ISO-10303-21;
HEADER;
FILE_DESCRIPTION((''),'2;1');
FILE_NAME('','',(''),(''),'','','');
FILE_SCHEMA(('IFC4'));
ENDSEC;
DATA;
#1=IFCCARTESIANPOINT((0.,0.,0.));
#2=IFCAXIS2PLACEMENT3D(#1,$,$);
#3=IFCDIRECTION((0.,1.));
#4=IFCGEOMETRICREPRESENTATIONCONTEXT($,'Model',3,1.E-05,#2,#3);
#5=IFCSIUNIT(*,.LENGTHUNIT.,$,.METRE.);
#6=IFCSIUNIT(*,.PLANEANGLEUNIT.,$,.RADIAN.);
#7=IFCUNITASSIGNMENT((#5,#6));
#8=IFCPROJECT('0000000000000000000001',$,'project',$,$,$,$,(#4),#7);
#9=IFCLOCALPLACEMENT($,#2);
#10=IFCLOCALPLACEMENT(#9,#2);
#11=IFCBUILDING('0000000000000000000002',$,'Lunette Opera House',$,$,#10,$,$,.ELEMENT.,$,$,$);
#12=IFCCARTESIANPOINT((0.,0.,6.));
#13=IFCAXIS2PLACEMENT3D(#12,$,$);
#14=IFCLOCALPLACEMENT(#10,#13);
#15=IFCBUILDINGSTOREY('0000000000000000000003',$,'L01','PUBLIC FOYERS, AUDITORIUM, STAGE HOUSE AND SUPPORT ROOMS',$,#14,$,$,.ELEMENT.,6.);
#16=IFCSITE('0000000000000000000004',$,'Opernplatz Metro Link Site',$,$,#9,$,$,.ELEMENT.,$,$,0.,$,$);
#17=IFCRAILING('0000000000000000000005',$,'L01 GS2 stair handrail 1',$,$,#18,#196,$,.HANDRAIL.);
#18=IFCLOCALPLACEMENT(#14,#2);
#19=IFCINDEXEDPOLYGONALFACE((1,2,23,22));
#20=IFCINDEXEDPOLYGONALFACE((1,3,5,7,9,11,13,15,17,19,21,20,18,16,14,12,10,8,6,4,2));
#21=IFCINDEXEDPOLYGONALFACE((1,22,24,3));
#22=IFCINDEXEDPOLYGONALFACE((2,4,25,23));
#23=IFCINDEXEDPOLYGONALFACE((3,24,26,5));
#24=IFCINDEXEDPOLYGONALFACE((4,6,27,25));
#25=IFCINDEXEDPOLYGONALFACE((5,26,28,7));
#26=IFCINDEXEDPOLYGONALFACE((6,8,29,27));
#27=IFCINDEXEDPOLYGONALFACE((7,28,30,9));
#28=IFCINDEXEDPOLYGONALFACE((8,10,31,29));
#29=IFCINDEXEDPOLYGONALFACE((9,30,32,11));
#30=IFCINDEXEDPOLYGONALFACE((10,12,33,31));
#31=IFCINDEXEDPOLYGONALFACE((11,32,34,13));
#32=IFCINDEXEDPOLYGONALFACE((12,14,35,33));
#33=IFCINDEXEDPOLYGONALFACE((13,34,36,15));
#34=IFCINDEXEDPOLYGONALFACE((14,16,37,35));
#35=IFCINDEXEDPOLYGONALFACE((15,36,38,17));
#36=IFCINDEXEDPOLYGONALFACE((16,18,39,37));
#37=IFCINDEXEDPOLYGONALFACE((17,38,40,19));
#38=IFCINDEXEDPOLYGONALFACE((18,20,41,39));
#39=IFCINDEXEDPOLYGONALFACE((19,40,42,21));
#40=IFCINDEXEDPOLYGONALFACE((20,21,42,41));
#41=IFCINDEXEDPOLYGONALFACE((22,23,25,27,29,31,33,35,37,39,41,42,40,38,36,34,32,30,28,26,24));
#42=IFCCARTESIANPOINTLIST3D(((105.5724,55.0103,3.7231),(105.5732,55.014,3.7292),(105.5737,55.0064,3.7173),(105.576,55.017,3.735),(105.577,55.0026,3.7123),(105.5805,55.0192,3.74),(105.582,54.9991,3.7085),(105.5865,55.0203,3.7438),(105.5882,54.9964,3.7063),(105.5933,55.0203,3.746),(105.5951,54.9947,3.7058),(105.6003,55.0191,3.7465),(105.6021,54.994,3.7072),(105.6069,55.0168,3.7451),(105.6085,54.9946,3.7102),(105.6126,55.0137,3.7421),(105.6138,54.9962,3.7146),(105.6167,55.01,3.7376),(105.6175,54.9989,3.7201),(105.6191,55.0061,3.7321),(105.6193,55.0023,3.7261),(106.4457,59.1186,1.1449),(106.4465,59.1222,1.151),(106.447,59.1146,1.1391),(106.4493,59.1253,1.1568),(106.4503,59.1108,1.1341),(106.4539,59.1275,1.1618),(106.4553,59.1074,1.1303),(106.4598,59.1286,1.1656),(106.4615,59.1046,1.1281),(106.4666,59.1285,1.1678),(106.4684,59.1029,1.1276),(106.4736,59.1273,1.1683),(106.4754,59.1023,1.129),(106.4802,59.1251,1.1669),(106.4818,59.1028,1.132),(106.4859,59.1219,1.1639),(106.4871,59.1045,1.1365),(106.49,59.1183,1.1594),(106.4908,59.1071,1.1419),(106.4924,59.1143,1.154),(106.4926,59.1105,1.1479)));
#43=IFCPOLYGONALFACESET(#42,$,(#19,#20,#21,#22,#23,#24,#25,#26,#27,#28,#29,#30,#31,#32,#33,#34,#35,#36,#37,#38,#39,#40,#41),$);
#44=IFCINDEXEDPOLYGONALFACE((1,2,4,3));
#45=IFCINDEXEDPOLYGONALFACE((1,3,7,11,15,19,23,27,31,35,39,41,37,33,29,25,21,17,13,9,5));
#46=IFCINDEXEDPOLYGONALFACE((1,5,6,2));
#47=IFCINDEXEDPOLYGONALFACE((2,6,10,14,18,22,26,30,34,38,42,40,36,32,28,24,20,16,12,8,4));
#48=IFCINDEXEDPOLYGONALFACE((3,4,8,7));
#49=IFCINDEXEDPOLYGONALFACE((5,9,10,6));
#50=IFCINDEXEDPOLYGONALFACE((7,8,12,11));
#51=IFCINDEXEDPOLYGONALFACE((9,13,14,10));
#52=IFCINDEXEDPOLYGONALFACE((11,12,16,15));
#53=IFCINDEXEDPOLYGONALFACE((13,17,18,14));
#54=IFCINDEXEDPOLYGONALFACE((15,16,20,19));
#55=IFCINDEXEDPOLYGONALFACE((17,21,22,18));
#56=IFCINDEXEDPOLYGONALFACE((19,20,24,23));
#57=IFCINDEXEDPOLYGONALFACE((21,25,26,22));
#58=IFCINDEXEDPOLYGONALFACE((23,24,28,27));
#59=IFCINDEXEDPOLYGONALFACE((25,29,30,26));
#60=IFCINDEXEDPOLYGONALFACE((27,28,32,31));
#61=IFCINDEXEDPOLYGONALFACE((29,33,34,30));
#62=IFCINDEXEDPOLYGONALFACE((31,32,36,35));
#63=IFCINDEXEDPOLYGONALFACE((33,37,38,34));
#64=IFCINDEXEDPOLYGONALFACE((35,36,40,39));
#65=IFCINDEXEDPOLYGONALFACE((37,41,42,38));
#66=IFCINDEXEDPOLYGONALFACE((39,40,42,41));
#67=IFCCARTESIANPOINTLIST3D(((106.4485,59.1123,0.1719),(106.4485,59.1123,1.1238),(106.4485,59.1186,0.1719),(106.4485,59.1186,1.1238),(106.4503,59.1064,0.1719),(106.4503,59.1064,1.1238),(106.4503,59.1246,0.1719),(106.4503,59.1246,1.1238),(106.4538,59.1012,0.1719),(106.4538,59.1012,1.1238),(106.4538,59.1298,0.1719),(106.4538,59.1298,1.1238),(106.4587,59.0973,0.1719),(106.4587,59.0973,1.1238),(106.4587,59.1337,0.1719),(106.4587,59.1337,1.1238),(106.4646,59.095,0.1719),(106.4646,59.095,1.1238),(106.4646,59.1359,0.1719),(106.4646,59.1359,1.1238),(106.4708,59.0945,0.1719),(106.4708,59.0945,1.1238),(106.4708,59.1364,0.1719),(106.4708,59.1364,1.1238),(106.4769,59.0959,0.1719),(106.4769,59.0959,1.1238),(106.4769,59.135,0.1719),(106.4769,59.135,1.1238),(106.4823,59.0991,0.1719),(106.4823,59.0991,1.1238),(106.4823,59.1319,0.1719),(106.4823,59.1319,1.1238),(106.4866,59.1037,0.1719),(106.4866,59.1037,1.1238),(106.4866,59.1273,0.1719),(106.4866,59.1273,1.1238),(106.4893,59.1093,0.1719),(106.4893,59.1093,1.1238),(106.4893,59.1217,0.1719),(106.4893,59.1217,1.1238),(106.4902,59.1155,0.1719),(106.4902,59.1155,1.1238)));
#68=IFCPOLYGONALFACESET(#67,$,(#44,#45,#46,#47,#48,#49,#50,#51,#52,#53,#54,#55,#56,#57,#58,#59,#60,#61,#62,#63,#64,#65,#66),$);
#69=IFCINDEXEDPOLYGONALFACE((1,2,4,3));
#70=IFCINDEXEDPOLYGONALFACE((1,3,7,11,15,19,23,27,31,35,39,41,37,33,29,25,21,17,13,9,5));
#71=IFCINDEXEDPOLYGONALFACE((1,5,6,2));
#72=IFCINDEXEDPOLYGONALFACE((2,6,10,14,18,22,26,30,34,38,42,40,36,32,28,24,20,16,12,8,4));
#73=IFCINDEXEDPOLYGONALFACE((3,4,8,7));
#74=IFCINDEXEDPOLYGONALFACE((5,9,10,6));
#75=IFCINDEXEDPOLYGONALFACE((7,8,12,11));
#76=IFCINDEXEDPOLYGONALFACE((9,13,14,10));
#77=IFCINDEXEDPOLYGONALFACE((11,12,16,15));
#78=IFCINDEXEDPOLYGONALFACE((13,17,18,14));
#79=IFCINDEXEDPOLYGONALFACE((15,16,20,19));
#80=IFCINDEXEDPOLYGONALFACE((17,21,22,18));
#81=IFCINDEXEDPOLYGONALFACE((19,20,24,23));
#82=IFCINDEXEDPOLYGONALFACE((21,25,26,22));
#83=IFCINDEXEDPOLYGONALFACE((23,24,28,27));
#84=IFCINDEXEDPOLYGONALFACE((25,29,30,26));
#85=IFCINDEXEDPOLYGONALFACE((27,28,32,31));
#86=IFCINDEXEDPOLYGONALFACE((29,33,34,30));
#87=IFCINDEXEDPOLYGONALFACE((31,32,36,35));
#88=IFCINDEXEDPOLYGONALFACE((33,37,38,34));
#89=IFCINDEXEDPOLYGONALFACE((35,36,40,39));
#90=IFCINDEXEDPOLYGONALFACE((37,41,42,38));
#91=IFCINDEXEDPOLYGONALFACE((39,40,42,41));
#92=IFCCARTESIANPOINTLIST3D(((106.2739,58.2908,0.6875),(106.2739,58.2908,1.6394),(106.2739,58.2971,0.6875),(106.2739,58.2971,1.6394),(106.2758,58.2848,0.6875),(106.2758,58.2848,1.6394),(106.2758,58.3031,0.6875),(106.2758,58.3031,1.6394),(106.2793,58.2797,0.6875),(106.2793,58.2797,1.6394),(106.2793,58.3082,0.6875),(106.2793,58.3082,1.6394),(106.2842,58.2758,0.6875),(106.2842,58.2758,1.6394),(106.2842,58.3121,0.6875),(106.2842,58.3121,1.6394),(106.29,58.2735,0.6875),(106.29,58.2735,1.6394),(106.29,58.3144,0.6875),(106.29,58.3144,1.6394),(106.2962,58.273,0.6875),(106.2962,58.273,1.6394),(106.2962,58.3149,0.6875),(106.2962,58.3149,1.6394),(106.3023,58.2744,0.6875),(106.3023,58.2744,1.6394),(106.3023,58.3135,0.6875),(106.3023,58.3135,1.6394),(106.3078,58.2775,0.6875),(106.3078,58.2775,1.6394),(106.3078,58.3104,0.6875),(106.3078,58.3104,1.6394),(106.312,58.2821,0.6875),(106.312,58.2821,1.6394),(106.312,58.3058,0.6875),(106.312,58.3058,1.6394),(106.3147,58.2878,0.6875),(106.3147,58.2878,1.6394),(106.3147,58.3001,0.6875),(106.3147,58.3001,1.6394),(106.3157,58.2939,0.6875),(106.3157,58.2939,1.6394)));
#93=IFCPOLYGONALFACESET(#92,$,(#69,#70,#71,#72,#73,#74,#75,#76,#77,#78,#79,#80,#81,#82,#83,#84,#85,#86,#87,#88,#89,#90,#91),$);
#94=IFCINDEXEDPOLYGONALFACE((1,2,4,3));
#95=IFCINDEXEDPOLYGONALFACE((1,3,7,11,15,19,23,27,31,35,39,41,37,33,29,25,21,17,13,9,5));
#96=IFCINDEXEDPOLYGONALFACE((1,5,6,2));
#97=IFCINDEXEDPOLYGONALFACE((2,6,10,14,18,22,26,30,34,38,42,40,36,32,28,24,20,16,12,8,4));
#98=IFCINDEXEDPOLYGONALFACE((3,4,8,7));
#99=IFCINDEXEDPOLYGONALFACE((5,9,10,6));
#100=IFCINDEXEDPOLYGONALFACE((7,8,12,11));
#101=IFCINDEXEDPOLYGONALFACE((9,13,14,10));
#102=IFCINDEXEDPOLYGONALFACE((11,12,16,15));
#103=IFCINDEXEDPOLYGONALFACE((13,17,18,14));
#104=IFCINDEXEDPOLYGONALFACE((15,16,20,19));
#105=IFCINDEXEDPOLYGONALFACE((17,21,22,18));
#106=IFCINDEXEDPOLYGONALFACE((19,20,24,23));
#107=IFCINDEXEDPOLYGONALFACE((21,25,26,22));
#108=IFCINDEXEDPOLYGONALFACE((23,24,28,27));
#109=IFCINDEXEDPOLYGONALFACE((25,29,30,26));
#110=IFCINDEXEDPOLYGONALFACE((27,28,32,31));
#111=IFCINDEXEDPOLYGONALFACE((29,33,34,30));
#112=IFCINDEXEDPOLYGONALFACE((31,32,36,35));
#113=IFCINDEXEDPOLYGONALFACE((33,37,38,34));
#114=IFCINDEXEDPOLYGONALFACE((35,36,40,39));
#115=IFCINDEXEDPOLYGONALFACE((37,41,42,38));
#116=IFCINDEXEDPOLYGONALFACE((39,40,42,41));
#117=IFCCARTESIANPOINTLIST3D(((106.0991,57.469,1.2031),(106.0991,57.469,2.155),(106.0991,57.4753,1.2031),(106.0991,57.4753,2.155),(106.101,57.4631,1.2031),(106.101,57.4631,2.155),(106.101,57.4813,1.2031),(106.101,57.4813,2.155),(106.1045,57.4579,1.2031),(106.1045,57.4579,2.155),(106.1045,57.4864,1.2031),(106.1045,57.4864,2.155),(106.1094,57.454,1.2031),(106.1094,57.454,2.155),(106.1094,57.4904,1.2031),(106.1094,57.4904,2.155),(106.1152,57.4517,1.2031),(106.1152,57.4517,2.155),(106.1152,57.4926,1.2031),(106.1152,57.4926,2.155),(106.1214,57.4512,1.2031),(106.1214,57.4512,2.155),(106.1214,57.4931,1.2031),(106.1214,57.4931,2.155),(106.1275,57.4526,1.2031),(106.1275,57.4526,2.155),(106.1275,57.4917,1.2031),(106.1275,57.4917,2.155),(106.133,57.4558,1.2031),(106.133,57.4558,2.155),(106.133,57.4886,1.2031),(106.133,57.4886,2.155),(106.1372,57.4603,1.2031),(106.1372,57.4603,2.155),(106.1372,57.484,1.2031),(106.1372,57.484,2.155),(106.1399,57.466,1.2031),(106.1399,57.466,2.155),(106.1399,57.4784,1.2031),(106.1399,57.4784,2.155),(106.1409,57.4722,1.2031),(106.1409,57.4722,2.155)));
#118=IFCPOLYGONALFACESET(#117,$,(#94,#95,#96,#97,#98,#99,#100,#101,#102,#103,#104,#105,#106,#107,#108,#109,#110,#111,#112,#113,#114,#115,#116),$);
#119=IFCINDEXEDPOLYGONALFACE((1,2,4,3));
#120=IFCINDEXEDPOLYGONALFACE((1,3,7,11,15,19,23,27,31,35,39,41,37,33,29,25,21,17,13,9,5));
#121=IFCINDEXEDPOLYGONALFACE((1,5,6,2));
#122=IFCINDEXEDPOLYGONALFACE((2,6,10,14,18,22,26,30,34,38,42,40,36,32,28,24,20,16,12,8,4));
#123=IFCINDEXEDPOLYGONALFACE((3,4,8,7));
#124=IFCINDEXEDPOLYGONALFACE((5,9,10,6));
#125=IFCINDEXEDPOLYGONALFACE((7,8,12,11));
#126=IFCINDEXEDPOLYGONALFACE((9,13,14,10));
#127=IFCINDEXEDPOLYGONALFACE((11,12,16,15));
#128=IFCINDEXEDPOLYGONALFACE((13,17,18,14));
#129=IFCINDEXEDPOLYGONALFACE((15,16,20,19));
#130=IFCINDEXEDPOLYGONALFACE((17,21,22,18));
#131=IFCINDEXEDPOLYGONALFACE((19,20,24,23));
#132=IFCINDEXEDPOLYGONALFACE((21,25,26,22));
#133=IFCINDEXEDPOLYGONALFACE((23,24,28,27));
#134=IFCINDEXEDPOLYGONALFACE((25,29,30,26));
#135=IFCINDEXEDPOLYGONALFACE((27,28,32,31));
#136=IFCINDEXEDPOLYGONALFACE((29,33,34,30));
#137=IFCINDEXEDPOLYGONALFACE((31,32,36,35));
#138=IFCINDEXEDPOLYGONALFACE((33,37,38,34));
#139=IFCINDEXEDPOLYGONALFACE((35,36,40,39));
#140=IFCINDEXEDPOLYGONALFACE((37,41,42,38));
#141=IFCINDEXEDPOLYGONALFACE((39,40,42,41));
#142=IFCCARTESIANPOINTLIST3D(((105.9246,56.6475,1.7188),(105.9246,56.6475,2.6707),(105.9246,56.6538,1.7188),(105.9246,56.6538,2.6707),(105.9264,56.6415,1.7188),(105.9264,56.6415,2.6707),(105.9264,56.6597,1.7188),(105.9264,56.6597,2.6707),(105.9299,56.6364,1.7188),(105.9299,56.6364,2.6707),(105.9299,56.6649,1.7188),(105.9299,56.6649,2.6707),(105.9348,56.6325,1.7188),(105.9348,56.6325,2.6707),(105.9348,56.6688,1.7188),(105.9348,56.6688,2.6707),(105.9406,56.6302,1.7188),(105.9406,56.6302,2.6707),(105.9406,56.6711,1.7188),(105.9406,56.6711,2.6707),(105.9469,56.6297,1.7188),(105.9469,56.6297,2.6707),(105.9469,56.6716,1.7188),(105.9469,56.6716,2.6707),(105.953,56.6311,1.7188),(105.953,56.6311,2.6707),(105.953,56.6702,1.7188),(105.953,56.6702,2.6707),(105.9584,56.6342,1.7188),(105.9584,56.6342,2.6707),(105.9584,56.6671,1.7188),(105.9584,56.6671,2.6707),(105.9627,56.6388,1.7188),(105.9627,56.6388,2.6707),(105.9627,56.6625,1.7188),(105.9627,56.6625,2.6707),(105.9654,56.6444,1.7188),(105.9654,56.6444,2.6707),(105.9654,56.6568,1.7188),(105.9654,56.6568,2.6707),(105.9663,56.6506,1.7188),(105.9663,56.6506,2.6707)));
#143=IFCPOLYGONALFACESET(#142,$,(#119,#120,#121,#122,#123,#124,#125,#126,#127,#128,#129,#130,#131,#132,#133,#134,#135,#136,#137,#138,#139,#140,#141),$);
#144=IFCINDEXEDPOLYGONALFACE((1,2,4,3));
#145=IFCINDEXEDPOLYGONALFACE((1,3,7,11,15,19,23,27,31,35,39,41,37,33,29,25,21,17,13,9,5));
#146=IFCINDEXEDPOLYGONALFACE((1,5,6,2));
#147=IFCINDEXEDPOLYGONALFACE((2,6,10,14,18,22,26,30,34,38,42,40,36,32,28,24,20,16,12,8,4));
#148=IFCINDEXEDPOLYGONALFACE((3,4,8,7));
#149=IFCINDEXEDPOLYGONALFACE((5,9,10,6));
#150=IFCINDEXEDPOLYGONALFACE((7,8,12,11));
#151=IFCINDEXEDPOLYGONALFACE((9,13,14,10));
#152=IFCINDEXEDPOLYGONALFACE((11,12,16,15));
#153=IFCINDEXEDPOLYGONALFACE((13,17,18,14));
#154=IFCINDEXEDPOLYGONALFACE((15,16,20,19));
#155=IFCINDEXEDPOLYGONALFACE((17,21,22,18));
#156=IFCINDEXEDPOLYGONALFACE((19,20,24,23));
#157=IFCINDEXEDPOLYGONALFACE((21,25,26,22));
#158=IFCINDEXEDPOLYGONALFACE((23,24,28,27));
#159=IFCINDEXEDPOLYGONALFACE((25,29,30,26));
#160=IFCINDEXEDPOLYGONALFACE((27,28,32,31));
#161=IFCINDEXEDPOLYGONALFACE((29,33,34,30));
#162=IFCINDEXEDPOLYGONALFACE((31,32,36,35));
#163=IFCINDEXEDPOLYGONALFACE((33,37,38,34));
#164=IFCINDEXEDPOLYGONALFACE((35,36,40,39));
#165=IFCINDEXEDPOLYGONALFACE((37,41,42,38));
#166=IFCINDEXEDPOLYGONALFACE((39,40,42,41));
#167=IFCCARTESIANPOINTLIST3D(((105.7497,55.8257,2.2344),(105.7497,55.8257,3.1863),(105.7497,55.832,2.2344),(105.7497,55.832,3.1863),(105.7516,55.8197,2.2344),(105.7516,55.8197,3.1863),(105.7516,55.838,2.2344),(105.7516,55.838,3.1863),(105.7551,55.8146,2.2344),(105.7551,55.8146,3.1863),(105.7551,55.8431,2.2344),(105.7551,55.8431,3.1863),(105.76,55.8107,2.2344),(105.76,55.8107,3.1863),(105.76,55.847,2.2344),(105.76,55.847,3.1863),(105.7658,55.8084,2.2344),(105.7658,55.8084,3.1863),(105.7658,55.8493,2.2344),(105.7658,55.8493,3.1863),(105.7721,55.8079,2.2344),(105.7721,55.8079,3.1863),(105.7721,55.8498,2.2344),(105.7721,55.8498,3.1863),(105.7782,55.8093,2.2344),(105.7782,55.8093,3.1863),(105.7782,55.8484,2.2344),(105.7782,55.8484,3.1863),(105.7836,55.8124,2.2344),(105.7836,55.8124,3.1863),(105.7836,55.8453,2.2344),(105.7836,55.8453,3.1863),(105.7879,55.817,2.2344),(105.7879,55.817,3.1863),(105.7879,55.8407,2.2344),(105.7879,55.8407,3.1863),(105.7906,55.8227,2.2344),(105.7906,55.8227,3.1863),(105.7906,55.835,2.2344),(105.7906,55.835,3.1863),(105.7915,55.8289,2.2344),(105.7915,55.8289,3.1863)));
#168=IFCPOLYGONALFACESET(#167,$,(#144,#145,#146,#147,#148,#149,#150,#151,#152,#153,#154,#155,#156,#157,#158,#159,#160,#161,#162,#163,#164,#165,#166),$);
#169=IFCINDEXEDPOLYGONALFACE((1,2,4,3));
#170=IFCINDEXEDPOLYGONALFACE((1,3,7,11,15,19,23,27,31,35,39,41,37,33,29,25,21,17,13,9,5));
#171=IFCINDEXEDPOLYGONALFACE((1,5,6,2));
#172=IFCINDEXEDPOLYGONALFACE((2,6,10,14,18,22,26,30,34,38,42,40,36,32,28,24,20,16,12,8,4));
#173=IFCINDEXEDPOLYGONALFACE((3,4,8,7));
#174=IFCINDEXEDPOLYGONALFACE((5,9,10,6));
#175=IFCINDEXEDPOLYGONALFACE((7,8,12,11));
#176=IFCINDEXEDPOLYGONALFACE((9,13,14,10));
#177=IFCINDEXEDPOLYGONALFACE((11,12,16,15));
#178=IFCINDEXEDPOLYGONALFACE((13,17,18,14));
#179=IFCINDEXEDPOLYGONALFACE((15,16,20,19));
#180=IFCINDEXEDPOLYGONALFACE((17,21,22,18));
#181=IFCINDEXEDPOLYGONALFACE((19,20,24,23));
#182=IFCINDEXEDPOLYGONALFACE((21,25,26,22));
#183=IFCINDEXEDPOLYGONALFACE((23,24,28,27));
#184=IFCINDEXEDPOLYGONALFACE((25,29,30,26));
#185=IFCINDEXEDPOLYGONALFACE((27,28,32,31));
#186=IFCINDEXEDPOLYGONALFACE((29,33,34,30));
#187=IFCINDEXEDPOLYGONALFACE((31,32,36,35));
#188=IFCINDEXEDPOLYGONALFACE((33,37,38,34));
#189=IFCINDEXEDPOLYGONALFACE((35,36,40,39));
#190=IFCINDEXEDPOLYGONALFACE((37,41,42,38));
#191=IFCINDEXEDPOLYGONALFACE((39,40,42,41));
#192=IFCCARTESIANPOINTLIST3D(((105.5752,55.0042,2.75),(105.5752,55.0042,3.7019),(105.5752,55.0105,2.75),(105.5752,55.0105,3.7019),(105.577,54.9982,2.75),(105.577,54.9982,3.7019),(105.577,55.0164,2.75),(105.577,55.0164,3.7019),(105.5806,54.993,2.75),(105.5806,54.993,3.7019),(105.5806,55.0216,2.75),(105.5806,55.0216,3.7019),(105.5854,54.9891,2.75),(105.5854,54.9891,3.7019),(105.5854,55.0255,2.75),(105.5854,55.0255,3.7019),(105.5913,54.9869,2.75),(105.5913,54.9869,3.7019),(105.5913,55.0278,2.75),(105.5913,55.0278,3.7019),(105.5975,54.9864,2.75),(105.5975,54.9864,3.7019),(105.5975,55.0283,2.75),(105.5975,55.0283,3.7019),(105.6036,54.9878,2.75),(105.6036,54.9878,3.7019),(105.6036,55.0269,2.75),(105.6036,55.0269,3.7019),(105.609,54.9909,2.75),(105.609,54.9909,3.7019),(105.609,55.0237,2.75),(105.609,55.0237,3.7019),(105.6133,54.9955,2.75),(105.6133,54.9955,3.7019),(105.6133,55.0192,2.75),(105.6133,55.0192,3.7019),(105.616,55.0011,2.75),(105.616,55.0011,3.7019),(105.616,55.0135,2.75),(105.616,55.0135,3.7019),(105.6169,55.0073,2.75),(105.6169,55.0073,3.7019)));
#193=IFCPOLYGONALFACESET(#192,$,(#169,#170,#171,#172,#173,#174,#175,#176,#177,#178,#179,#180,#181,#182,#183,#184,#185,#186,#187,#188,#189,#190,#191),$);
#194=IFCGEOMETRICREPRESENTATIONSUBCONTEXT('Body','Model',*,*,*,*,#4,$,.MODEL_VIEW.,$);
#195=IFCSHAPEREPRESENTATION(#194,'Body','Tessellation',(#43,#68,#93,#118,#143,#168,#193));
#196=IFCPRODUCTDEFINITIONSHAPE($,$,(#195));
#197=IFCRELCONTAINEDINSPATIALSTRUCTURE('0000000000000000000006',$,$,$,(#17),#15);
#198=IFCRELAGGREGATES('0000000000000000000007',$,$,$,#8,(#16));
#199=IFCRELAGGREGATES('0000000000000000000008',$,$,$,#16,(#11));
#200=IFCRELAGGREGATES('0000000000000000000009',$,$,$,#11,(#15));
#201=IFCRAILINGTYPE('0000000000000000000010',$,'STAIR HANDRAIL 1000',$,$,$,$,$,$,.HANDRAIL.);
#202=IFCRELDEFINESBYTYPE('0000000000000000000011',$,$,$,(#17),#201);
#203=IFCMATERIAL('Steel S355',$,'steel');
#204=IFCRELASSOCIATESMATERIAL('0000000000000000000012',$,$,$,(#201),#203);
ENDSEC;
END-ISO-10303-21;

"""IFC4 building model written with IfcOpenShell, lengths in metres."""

from ifc_helpers import new_model, si_unit, direction, frame, origin, origin_2d, place, context, subcontext, project, spatial, circle, extrude, material, type_object, element, save


model = new_model("IFC4")

# Units and contexts
model_context = context("Model", 3, precision=1e-05, world=origin(), true_north=direction((0.0, 1.0)))
body_context = subcontext(model_context, "Body", "Model", "MODEL_VIEW")
ifc_project = project(units=[si_unit("LENGTHUNIT", "METRE"), si_unit("PLANEANGLEUNIT", "RADIAN")], contexts=[model_context])

# Site, building, storey
site_placement = place(None, origin())
site = spatial("IfcSite", under=ifc_project, at=site_placement, Name="Opernplatz Metro Link Site", CompositionType="ELEMENT", RefElevation=0.0)
building_placement = place(site_placement, origin())
building = spatial("IfcBuilding", under=site, at=building_placement, Name="Lunette Opera House", CompositionType="ELEMENT")
storey_placement = place(building_placement, frame((0.0, 0.0, 6.0)))
storey = spatial("IfcBuildingStorey", under=building, at=storey_placement, Name="L01", Description="PUBLIC FOYERS, AUDITORIUM, STAGE HOUSE AND SUPPORT ROOMS", CompositionType="ELEMENT", Elevation=6.0)

# Railing
ifc_material_1 = material(Name="Steel S355", Category="steel")
railing_type_1 = type_object("IfcRailingType", Name="STAIR HANDRAIL 1000", PredefinedType="HANDRAIL", material=ifc_material_1)
railing_1_placement = place(storey_placement, frame((106.4692, 59.1155, 0.1719)))
element("IfcRailing", 1, at=railing_1_placement, inside=storey, type_object=railing_type_1, Name="L01 GS2 stair handrail 1", PredefinedType="HANDRAIL", context=body_context, shape_type="SweptSolid", body=[
    extrude(circle(Radius=0.0239, at=origin_2d()), frame((0.0, 0.0, 0.9761), z_axis=(-0.177206, -0.833616, 0.523146), x_axis=(0.978144, -0.207929, 0.0)), (0.0, 0.0, 1.0), 4.9282),
    extrude(circle(Radius=0.021, at=origin_2d()), origin(), (0.0, 0.0, 1.0), 0.9519),
    extrude(circle(Radius=0.021, at=origin_2d()), frame((-0.1746, -0.8215, 0.5156)), (0.0, 0.0, 1.0), 0.9519),
    extrude(circle(Radius=0.021, at=origin_2d()), frame((-0.3494, -1.6433, 1.0312)), (0.0, 0.0, 1.0), 0.9519),
    extrude(circle(Radius=0.021, at=origin_2d()), frame((-0.5239, -2.4648, 1.5469)), (0.0, 0.0, 1.0), 0.9519),
    extrude(circle(Radius=0.021, at=origin_2d()), frame((-0.6987, -3.2866, 2.0625)), (0.0, 0.0, 1.0), 0.9519),
    extrude(circle(Radius=0.021, at=origin_2d()), frame((-0.8733, -4.1082, 2.5781)), (0.0, 0.0, 1.0), 0.9519),
])

save(model, "model.ifc")
